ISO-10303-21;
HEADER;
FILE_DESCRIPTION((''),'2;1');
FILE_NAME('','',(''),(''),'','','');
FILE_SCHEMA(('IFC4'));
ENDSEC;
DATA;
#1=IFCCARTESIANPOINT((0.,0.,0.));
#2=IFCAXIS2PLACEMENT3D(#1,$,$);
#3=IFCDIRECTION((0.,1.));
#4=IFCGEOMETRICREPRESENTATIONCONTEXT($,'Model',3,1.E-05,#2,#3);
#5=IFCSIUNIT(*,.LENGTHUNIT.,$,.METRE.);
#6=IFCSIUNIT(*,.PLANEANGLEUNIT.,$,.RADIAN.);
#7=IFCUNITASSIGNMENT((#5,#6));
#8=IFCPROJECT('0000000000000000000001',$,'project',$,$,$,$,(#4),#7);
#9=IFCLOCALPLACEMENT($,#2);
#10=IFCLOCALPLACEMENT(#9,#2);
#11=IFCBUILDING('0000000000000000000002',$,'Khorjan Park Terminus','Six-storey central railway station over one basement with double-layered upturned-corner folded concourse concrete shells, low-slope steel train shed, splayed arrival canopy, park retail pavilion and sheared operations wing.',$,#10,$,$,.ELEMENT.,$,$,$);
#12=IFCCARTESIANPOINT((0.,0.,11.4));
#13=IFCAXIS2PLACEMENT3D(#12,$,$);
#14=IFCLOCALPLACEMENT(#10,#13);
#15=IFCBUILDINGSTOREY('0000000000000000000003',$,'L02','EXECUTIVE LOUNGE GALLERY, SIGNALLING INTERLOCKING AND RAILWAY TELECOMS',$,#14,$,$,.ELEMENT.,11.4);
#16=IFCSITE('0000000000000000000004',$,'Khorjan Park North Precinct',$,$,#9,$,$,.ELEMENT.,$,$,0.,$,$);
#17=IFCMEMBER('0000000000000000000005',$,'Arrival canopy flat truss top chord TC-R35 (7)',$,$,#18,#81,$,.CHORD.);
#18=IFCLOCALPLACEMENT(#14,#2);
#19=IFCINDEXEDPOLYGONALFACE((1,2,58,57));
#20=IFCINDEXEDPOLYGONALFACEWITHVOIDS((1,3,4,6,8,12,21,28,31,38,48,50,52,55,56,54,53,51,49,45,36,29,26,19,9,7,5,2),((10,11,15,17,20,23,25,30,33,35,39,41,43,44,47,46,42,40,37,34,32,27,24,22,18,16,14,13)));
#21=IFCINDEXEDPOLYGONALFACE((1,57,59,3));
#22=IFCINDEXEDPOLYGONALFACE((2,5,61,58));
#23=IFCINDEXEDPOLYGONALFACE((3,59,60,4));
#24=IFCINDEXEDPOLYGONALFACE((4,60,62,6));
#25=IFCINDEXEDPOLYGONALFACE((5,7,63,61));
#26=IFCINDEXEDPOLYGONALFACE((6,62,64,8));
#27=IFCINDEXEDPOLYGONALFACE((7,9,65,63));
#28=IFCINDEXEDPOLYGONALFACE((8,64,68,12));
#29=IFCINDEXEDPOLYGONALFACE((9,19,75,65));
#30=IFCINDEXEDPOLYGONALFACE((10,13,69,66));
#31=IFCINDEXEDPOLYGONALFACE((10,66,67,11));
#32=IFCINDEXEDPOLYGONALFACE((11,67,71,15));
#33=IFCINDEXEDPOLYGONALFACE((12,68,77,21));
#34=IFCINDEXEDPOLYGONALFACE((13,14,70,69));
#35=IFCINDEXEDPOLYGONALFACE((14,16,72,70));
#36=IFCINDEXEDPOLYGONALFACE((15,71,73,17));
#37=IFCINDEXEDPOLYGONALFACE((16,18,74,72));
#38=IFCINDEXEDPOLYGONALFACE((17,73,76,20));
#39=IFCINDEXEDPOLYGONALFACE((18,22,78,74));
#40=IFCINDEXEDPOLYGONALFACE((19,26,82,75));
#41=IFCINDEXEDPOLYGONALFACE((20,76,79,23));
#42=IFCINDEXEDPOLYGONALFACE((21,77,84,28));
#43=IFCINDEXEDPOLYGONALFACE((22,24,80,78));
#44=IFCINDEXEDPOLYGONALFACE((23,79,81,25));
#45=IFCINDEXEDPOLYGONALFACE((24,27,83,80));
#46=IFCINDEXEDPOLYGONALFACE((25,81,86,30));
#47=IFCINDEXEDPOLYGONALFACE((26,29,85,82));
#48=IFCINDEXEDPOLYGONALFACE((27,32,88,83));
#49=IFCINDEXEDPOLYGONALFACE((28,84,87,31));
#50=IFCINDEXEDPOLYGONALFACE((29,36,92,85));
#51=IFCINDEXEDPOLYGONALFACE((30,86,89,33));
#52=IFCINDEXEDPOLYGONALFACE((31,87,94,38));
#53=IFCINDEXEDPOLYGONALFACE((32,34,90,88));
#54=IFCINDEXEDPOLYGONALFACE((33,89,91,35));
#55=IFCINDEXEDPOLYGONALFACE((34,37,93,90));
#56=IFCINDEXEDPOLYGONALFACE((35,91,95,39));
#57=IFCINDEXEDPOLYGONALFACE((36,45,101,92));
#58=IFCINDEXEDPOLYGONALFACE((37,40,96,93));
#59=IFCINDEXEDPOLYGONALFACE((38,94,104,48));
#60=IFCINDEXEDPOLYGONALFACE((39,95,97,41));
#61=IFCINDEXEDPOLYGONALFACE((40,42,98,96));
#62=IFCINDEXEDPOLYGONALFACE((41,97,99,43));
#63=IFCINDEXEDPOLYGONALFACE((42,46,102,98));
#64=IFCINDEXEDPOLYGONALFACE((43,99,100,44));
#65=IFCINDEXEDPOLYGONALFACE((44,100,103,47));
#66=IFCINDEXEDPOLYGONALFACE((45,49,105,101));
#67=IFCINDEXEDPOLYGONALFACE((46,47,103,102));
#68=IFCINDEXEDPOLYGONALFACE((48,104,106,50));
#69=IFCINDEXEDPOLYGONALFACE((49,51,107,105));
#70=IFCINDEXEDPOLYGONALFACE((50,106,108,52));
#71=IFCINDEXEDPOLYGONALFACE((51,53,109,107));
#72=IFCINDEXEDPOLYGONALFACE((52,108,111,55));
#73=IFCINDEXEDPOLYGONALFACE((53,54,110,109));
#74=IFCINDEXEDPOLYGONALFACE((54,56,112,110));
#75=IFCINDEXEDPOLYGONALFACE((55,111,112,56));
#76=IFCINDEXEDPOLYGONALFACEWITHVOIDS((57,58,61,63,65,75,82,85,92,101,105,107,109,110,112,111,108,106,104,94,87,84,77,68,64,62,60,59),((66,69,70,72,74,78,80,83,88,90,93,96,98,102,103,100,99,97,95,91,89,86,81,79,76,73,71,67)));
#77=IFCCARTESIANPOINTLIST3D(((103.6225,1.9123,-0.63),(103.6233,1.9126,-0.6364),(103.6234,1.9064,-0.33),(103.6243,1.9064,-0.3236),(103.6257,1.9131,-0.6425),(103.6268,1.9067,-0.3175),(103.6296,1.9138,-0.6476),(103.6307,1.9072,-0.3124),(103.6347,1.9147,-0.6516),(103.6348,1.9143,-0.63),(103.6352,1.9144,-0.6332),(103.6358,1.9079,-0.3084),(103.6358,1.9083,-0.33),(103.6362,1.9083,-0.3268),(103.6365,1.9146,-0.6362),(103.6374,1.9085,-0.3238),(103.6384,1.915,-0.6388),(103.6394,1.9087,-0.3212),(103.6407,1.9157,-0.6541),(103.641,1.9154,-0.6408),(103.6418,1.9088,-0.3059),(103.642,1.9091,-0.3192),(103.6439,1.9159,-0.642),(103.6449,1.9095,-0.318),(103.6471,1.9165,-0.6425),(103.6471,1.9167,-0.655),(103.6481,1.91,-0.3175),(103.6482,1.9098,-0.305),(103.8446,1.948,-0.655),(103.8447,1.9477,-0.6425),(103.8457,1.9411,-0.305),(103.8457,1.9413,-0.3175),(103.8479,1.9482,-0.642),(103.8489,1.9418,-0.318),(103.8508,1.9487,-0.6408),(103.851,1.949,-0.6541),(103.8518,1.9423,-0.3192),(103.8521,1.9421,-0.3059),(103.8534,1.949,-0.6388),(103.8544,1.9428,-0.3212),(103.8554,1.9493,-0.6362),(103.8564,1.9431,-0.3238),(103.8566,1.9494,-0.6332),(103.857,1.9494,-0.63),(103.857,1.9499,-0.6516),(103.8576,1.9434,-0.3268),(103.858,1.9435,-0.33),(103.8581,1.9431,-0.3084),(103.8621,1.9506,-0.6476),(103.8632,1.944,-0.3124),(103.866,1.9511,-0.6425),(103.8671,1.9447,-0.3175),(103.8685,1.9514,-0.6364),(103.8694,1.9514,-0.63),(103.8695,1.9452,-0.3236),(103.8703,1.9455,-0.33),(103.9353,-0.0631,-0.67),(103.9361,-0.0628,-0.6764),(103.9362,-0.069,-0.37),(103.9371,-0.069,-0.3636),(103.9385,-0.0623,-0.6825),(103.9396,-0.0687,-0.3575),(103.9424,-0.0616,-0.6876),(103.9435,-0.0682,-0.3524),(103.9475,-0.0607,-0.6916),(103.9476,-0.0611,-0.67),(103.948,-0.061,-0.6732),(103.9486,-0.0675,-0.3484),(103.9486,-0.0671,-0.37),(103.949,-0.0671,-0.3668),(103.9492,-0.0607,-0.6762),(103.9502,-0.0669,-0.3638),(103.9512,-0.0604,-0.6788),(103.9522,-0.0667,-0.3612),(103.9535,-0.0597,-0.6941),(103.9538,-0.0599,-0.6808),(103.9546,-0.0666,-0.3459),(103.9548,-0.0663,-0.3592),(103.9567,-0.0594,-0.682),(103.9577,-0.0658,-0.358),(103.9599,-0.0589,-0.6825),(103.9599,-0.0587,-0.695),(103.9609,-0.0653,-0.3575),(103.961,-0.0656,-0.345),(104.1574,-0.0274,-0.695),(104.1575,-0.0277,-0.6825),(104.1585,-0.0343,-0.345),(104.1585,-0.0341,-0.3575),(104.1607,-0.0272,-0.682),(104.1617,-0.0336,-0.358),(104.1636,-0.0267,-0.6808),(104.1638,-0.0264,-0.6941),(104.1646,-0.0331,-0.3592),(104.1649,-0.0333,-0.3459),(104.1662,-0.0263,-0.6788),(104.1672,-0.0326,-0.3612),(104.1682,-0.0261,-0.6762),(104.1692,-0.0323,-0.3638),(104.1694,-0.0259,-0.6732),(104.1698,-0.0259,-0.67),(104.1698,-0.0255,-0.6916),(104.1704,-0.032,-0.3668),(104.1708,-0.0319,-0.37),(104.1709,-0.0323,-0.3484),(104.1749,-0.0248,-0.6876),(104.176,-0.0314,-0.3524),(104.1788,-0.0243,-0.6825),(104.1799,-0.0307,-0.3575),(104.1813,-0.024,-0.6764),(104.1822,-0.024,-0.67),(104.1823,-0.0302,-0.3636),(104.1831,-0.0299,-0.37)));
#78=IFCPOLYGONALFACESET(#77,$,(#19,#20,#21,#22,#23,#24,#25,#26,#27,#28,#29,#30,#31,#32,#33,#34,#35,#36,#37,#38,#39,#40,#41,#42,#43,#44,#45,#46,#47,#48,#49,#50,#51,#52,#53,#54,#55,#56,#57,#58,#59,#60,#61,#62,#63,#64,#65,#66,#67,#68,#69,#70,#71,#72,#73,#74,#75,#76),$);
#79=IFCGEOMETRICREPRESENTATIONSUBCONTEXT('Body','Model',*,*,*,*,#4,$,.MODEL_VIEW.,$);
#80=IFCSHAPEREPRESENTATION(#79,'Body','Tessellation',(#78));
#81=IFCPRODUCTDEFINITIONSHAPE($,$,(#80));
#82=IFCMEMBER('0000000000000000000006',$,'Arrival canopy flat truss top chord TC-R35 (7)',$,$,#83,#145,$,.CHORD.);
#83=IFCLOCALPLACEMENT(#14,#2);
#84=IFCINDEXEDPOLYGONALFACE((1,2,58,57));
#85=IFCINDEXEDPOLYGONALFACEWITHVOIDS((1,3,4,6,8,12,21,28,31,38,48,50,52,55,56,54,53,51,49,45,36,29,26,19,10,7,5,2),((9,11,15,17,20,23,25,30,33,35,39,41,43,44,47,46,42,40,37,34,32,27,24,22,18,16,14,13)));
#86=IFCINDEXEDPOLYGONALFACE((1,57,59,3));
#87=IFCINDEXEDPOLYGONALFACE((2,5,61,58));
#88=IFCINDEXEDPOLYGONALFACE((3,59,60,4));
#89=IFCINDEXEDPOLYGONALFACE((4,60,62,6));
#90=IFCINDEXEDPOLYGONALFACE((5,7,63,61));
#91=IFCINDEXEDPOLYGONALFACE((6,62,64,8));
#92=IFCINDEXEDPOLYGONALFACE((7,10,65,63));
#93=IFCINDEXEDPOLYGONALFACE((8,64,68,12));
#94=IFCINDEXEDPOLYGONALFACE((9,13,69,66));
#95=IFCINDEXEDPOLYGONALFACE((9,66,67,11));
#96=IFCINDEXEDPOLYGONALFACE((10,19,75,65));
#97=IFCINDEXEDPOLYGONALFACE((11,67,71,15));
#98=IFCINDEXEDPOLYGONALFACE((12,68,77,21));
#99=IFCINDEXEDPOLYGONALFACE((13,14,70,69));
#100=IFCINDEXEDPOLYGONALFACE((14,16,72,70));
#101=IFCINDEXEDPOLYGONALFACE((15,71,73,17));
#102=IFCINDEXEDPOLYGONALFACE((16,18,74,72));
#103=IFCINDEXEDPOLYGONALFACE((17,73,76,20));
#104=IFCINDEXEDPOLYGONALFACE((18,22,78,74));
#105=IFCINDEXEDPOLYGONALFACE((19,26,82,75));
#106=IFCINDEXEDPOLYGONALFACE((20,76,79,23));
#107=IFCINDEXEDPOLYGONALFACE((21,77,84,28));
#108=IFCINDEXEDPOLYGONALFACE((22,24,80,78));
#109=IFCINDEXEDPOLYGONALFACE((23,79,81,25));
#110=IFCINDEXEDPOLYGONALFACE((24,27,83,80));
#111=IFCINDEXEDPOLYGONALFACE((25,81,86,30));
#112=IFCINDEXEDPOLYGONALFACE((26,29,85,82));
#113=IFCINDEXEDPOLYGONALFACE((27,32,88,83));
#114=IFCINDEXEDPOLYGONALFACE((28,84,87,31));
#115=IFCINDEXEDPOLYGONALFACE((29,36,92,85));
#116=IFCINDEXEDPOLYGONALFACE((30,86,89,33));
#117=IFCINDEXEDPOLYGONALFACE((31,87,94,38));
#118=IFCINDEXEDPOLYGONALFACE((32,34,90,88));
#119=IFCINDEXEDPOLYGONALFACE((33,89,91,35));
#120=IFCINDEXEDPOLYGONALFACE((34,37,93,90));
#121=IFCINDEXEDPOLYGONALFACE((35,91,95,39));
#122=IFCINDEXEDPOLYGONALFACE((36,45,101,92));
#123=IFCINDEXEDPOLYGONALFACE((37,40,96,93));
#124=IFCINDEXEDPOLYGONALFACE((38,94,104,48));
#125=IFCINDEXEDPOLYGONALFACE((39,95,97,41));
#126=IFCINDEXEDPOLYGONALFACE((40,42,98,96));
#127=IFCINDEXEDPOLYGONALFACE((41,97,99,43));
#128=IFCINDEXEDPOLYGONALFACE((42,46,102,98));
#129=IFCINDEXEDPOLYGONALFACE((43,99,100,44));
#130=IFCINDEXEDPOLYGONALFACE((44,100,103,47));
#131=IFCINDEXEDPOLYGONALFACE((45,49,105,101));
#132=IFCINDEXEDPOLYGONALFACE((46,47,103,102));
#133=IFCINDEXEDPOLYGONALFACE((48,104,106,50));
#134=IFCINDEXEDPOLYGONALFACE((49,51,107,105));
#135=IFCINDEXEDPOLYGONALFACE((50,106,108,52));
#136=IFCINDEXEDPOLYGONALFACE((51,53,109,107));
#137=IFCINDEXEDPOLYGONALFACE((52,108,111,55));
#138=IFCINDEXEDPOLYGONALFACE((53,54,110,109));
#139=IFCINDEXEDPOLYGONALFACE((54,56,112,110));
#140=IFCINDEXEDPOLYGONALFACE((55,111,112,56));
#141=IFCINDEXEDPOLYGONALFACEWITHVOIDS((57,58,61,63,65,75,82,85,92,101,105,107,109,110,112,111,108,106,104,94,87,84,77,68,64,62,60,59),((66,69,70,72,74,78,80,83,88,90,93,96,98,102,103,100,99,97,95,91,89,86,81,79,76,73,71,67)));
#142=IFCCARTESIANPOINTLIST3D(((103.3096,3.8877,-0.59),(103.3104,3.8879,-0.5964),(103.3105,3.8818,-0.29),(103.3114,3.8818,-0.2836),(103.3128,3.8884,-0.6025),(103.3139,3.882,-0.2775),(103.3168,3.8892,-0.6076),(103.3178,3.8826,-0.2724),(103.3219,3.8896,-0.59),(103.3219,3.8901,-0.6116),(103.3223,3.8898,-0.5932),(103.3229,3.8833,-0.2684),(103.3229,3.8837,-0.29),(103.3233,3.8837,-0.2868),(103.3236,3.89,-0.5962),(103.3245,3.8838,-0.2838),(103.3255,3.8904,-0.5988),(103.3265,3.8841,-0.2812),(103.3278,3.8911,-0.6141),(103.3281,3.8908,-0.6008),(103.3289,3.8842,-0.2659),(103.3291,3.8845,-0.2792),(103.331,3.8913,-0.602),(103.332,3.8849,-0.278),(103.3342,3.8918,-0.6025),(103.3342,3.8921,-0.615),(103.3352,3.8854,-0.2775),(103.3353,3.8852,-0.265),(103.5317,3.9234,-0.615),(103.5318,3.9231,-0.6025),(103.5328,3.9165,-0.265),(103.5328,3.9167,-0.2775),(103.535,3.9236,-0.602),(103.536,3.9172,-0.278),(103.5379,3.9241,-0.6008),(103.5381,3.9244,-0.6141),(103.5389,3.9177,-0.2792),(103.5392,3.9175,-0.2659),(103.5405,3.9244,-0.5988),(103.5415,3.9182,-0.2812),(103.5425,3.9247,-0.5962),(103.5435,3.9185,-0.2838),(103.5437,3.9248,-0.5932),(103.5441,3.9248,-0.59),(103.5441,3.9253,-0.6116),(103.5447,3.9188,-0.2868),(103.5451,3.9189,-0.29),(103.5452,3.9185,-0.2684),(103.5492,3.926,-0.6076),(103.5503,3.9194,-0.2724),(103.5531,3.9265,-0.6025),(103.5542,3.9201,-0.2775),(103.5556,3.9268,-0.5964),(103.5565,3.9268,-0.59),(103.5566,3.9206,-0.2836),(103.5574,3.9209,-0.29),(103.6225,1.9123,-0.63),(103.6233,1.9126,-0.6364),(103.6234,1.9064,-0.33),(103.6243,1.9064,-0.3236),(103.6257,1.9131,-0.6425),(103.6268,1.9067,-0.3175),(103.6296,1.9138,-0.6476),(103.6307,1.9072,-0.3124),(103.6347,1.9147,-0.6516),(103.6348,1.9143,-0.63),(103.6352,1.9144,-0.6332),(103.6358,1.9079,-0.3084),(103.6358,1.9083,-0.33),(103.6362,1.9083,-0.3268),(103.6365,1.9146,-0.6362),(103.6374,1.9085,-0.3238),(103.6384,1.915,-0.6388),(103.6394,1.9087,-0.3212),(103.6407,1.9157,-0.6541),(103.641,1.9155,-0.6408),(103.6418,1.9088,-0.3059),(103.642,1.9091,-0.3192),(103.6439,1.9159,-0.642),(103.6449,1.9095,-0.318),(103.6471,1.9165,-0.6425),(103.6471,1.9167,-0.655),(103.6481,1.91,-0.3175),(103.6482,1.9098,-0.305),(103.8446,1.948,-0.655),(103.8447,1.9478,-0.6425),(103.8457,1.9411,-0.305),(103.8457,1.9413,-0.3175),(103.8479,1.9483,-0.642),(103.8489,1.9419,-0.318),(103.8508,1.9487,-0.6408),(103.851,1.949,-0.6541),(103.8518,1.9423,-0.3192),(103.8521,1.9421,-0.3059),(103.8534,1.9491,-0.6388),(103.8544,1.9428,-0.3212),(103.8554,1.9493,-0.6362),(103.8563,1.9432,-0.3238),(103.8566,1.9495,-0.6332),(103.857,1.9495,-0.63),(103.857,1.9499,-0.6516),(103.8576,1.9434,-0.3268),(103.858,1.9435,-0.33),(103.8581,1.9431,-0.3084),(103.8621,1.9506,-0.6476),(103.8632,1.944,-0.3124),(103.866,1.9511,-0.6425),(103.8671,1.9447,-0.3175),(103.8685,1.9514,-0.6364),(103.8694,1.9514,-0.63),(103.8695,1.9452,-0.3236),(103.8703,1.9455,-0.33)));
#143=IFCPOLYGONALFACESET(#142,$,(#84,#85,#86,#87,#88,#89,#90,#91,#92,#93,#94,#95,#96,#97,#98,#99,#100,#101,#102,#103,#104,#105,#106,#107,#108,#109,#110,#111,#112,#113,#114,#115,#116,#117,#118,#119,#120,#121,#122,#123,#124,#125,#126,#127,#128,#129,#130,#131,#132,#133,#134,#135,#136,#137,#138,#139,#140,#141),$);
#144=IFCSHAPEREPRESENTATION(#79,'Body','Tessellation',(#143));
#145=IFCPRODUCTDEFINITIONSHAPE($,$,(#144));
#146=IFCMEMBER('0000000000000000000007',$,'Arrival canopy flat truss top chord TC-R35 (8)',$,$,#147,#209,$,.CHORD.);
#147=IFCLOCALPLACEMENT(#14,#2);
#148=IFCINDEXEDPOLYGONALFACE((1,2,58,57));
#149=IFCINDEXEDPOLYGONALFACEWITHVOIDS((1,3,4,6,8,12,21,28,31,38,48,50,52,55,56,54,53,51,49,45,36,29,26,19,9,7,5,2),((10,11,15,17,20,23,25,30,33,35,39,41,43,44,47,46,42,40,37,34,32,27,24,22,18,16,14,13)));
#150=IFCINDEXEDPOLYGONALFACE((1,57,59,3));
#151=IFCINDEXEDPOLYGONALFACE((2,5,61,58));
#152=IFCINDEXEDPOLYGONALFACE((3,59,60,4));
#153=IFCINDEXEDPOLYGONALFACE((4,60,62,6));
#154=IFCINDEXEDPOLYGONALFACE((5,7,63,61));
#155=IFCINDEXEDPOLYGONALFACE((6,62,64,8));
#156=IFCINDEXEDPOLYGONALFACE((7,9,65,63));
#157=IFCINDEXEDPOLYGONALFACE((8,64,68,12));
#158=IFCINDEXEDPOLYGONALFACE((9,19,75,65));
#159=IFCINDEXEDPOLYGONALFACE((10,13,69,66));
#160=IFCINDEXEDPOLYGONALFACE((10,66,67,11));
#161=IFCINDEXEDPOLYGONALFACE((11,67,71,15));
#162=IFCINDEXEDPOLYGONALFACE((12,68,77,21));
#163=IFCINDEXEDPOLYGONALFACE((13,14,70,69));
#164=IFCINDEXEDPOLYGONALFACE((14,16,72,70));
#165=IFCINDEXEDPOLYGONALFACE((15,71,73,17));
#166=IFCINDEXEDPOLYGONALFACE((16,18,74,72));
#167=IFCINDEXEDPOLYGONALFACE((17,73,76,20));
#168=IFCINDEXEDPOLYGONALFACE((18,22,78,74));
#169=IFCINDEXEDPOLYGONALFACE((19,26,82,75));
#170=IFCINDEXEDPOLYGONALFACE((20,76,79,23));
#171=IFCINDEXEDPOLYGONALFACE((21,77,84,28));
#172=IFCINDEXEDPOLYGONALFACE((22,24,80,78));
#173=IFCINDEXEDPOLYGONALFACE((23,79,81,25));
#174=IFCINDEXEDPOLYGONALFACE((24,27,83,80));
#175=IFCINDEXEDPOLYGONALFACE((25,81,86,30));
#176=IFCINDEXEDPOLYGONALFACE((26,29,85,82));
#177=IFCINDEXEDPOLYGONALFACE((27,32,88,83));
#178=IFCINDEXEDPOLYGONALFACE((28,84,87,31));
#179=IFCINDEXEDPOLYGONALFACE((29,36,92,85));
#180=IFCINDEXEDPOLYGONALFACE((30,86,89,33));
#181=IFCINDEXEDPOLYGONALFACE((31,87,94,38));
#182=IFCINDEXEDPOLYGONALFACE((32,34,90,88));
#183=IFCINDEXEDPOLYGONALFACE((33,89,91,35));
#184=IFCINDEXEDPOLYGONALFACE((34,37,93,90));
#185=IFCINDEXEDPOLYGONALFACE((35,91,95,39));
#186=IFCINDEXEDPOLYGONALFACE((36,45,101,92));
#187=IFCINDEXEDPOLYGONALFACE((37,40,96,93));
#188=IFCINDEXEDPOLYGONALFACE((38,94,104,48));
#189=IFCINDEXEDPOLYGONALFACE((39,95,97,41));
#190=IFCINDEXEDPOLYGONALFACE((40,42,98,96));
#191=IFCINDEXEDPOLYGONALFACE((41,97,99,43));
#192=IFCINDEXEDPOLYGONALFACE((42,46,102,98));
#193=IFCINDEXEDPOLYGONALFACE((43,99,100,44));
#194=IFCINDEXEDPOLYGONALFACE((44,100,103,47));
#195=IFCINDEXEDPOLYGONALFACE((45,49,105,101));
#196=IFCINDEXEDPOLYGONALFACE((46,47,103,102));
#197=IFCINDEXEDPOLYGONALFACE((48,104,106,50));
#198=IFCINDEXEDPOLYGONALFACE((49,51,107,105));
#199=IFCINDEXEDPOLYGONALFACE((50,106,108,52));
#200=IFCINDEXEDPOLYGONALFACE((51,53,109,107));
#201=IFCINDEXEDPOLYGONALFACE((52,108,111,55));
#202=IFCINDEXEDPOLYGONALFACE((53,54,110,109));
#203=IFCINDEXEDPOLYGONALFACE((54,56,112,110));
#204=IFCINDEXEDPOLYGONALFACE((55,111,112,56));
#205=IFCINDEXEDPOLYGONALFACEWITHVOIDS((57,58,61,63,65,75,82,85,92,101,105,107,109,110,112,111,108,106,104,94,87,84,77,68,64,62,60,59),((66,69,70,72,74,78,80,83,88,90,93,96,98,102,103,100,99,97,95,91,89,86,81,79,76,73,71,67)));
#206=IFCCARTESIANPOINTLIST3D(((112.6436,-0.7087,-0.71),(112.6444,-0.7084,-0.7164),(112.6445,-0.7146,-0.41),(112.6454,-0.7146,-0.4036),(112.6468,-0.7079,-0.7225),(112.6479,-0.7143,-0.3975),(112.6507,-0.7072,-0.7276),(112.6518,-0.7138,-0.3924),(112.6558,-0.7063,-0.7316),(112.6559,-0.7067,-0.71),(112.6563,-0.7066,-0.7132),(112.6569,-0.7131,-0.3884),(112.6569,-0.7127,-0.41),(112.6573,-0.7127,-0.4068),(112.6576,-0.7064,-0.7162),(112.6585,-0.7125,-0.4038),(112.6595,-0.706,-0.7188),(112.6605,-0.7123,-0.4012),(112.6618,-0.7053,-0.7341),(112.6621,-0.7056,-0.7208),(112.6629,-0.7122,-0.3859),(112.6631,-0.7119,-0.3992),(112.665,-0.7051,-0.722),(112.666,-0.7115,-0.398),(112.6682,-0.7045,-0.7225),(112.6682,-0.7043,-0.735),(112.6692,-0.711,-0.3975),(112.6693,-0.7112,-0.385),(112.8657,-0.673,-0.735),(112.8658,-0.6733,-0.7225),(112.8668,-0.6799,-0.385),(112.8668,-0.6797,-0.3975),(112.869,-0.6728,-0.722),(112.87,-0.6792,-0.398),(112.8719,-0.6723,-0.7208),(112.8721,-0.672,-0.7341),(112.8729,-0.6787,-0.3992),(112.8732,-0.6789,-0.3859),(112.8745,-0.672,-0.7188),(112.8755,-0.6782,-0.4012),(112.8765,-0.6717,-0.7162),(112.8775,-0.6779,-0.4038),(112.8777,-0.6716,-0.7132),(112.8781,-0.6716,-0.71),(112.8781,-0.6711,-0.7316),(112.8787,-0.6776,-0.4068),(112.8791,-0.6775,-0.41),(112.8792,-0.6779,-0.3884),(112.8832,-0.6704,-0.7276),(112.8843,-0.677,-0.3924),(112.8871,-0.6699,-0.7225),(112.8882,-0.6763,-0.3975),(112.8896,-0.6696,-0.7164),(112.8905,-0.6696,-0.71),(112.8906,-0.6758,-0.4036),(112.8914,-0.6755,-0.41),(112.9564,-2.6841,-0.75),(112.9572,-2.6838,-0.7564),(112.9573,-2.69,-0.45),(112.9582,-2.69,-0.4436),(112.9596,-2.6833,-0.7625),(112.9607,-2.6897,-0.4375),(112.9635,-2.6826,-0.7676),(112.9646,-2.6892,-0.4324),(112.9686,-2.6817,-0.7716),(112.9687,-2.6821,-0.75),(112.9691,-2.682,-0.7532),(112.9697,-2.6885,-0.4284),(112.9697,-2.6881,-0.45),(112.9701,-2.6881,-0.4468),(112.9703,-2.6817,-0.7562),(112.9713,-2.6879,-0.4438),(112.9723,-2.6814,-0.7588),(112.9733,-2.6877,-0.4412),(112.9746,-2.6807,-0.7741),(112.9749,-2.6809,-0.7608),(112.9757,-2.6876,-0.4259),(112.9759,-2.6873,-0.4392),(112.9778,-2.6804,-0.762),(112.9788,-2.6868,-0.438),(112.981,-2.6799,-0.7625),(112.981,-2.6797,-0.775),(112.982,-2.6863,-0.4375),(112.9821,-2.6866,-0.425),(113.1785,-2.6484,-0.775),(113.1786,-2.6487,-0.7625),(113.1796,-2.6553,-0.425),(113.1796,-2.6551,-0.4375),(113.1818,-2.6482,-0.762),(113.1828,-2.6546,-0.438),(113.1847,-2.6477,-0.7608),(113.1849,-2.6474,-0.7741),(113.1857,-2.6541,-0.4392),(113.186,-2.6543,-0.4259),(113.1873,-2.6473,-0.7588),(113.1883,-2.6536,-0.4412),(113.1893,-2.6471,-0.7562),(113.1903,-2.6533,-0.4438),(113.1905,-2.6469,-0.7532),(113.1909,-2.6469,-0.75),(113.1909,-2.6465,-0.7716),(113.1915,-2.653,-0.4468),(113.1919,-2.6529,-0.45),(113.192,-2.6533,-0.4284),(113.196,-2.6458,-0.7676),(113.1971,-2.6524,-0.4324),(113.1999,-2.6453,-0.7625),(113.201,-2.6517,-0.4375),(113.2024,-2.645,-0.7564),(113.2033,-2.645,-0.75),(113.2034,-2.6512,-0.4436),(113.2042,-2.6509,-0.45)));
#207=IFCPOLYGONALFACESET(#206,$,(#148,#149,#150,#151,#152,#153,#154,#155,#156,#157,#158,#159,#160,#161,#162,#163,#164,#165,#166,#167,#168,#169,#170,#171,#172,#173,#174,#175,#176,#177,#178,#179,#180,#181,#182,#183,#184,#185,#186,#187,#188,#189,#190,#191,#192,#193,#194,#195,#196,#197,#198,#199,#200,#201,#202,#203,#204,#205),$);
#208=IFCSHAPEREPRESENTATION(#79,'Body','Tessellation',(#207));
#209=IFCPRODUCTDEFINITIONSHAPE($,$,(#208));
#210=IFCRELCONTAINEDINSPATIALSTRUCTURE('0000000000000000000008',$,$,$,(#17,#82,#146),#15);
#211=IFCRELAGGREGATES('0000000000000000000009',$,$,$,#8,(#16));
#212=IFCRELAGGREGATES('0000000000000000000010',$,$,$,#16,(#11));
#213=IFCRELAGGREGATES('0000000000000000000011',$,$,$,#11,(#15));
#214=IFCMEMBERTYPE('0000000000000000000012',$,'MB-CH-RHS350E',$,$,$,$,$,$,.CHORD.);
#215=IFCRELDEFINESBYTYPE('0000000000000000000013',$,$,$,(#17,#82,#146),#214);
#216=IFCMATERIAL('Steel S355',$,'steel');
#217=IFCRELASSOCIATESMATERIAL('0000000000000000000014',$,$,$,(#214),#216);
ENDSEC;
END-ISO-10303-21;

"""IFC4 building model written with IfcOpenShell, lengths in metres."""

from ifc_helpers import new_model, si_unit, direction, frame, origin, origin_2d, place, context, subcontext, project, spatial, hollow_rectangle, extrude, material, material_profile, profile_set, type_object, element, save


model = new_model("IFC4")

# Units and contexts
model_context = context("Model", 3, precision=1e-05, world=origin(), true_north=direction((0.0, 1.0)))
body_context = subcontext(model_context, "Body", "Model", "MODEL_VIEW")
ifc_project = project(units=[si_unit("LENGTHUNIT", "METRE"), si_unit("PLANEANGLEUNIT", "RADIAN")], contexts=[model_context])

# Site, building, storey
site_placement = place(None, origin())
site = spatial("IfcSite", under=ifc_project, at=site_placement, Name="Khorjan Park North Precinct", CompositionType="ELEMENT", RefElevation=0.0)
building_placement = place(site_placement, origin())
building = spatial("IfcBuilding", under=site, at=building_placement, Name="Khorjan Park Terminus", Description="Six-storey central railway station over one basement with double-layered upturned-corner folded concourse concrete shells, low-slope steel train shed, splayed arrival canopy, park retail pavilion and sheared operations wing.", CompositionType="ELEMENT")
storey_placement = place(building_placement, frame((0.0, 0.0, 11.4)))
storey = spatial("IfcBuildingStorey", under=building, at=storey_placement, Name="L02", Description="EXECUTIVE LOUNGE GALLERY, SIGNALLING INTERLOCKING AND RAILWAY TELECOMS", CompositionType="ELEMENT", Elevation=11.4)

# Members
ifc_material = material(Name="Steel S355", Category="steel")
ifc_material_profile_1 = material_profile(ifc_material, hollow_rectangle(XDim=0.25, YDim=0.35, WallThickness=0.0125, InnerFilletRadius=0.0125, OuterFilletRadius=0.025, at=origin_2d()), Name="RHS 350x250x12.5")
ifc_profile_set_1 = profile_set([ifc_material_profile_1], Name="Steel S355")
member_type_1 = type_object("IfcMemberType", Name="MB-CH-RHS350E", PredefinedType="CHORD", material=ifc_profile_set_1)
for number, where, z_axis, x_axis, name in (
    (1, (104.0592, -0.0465, -0.52), (-0.156368, 0.987496, 0.019996), (-0.987694, -0.156399, 0.0), "Arrival canopy flat truss top chord TC-R35 (7)"),
    (2, (103.7464, 1.9289, -0.48), (-0.156417, 0.987489, 0.019996), (-0.987686, -0.156448, 0.0), "Arrival canopy flat truss top chord TC-R35 (7)"),
    (3, (113.0803, -2.6675, -0.6), (-0.156368, 0.987496, 0.019996), (-0.987694, -0.156399, 0.0), "Arrival canopy flat truss top chord TC-R35 (8)"),
):
    element("IfcMember", number, at=place(storey_placement, frame(where, z_axis=z_axis, x_axis=x_axis)), inside=storey, type_object=member_type_1, Name=name, PredefinedType="CHORD", context=body_context, shape_type="SweptSolid", body=[
        extrude(hollow_rectangle(XDim=0.25, YDim=0.35, WallThickness=0.0125, InnerFilletRadius=0.0125, OuterFilletRadius=0.025, at=origin_2d()), origin(), (0.0, 0.0, 1.0), 2.0004),
    ])

save(model, "model.ifc")
